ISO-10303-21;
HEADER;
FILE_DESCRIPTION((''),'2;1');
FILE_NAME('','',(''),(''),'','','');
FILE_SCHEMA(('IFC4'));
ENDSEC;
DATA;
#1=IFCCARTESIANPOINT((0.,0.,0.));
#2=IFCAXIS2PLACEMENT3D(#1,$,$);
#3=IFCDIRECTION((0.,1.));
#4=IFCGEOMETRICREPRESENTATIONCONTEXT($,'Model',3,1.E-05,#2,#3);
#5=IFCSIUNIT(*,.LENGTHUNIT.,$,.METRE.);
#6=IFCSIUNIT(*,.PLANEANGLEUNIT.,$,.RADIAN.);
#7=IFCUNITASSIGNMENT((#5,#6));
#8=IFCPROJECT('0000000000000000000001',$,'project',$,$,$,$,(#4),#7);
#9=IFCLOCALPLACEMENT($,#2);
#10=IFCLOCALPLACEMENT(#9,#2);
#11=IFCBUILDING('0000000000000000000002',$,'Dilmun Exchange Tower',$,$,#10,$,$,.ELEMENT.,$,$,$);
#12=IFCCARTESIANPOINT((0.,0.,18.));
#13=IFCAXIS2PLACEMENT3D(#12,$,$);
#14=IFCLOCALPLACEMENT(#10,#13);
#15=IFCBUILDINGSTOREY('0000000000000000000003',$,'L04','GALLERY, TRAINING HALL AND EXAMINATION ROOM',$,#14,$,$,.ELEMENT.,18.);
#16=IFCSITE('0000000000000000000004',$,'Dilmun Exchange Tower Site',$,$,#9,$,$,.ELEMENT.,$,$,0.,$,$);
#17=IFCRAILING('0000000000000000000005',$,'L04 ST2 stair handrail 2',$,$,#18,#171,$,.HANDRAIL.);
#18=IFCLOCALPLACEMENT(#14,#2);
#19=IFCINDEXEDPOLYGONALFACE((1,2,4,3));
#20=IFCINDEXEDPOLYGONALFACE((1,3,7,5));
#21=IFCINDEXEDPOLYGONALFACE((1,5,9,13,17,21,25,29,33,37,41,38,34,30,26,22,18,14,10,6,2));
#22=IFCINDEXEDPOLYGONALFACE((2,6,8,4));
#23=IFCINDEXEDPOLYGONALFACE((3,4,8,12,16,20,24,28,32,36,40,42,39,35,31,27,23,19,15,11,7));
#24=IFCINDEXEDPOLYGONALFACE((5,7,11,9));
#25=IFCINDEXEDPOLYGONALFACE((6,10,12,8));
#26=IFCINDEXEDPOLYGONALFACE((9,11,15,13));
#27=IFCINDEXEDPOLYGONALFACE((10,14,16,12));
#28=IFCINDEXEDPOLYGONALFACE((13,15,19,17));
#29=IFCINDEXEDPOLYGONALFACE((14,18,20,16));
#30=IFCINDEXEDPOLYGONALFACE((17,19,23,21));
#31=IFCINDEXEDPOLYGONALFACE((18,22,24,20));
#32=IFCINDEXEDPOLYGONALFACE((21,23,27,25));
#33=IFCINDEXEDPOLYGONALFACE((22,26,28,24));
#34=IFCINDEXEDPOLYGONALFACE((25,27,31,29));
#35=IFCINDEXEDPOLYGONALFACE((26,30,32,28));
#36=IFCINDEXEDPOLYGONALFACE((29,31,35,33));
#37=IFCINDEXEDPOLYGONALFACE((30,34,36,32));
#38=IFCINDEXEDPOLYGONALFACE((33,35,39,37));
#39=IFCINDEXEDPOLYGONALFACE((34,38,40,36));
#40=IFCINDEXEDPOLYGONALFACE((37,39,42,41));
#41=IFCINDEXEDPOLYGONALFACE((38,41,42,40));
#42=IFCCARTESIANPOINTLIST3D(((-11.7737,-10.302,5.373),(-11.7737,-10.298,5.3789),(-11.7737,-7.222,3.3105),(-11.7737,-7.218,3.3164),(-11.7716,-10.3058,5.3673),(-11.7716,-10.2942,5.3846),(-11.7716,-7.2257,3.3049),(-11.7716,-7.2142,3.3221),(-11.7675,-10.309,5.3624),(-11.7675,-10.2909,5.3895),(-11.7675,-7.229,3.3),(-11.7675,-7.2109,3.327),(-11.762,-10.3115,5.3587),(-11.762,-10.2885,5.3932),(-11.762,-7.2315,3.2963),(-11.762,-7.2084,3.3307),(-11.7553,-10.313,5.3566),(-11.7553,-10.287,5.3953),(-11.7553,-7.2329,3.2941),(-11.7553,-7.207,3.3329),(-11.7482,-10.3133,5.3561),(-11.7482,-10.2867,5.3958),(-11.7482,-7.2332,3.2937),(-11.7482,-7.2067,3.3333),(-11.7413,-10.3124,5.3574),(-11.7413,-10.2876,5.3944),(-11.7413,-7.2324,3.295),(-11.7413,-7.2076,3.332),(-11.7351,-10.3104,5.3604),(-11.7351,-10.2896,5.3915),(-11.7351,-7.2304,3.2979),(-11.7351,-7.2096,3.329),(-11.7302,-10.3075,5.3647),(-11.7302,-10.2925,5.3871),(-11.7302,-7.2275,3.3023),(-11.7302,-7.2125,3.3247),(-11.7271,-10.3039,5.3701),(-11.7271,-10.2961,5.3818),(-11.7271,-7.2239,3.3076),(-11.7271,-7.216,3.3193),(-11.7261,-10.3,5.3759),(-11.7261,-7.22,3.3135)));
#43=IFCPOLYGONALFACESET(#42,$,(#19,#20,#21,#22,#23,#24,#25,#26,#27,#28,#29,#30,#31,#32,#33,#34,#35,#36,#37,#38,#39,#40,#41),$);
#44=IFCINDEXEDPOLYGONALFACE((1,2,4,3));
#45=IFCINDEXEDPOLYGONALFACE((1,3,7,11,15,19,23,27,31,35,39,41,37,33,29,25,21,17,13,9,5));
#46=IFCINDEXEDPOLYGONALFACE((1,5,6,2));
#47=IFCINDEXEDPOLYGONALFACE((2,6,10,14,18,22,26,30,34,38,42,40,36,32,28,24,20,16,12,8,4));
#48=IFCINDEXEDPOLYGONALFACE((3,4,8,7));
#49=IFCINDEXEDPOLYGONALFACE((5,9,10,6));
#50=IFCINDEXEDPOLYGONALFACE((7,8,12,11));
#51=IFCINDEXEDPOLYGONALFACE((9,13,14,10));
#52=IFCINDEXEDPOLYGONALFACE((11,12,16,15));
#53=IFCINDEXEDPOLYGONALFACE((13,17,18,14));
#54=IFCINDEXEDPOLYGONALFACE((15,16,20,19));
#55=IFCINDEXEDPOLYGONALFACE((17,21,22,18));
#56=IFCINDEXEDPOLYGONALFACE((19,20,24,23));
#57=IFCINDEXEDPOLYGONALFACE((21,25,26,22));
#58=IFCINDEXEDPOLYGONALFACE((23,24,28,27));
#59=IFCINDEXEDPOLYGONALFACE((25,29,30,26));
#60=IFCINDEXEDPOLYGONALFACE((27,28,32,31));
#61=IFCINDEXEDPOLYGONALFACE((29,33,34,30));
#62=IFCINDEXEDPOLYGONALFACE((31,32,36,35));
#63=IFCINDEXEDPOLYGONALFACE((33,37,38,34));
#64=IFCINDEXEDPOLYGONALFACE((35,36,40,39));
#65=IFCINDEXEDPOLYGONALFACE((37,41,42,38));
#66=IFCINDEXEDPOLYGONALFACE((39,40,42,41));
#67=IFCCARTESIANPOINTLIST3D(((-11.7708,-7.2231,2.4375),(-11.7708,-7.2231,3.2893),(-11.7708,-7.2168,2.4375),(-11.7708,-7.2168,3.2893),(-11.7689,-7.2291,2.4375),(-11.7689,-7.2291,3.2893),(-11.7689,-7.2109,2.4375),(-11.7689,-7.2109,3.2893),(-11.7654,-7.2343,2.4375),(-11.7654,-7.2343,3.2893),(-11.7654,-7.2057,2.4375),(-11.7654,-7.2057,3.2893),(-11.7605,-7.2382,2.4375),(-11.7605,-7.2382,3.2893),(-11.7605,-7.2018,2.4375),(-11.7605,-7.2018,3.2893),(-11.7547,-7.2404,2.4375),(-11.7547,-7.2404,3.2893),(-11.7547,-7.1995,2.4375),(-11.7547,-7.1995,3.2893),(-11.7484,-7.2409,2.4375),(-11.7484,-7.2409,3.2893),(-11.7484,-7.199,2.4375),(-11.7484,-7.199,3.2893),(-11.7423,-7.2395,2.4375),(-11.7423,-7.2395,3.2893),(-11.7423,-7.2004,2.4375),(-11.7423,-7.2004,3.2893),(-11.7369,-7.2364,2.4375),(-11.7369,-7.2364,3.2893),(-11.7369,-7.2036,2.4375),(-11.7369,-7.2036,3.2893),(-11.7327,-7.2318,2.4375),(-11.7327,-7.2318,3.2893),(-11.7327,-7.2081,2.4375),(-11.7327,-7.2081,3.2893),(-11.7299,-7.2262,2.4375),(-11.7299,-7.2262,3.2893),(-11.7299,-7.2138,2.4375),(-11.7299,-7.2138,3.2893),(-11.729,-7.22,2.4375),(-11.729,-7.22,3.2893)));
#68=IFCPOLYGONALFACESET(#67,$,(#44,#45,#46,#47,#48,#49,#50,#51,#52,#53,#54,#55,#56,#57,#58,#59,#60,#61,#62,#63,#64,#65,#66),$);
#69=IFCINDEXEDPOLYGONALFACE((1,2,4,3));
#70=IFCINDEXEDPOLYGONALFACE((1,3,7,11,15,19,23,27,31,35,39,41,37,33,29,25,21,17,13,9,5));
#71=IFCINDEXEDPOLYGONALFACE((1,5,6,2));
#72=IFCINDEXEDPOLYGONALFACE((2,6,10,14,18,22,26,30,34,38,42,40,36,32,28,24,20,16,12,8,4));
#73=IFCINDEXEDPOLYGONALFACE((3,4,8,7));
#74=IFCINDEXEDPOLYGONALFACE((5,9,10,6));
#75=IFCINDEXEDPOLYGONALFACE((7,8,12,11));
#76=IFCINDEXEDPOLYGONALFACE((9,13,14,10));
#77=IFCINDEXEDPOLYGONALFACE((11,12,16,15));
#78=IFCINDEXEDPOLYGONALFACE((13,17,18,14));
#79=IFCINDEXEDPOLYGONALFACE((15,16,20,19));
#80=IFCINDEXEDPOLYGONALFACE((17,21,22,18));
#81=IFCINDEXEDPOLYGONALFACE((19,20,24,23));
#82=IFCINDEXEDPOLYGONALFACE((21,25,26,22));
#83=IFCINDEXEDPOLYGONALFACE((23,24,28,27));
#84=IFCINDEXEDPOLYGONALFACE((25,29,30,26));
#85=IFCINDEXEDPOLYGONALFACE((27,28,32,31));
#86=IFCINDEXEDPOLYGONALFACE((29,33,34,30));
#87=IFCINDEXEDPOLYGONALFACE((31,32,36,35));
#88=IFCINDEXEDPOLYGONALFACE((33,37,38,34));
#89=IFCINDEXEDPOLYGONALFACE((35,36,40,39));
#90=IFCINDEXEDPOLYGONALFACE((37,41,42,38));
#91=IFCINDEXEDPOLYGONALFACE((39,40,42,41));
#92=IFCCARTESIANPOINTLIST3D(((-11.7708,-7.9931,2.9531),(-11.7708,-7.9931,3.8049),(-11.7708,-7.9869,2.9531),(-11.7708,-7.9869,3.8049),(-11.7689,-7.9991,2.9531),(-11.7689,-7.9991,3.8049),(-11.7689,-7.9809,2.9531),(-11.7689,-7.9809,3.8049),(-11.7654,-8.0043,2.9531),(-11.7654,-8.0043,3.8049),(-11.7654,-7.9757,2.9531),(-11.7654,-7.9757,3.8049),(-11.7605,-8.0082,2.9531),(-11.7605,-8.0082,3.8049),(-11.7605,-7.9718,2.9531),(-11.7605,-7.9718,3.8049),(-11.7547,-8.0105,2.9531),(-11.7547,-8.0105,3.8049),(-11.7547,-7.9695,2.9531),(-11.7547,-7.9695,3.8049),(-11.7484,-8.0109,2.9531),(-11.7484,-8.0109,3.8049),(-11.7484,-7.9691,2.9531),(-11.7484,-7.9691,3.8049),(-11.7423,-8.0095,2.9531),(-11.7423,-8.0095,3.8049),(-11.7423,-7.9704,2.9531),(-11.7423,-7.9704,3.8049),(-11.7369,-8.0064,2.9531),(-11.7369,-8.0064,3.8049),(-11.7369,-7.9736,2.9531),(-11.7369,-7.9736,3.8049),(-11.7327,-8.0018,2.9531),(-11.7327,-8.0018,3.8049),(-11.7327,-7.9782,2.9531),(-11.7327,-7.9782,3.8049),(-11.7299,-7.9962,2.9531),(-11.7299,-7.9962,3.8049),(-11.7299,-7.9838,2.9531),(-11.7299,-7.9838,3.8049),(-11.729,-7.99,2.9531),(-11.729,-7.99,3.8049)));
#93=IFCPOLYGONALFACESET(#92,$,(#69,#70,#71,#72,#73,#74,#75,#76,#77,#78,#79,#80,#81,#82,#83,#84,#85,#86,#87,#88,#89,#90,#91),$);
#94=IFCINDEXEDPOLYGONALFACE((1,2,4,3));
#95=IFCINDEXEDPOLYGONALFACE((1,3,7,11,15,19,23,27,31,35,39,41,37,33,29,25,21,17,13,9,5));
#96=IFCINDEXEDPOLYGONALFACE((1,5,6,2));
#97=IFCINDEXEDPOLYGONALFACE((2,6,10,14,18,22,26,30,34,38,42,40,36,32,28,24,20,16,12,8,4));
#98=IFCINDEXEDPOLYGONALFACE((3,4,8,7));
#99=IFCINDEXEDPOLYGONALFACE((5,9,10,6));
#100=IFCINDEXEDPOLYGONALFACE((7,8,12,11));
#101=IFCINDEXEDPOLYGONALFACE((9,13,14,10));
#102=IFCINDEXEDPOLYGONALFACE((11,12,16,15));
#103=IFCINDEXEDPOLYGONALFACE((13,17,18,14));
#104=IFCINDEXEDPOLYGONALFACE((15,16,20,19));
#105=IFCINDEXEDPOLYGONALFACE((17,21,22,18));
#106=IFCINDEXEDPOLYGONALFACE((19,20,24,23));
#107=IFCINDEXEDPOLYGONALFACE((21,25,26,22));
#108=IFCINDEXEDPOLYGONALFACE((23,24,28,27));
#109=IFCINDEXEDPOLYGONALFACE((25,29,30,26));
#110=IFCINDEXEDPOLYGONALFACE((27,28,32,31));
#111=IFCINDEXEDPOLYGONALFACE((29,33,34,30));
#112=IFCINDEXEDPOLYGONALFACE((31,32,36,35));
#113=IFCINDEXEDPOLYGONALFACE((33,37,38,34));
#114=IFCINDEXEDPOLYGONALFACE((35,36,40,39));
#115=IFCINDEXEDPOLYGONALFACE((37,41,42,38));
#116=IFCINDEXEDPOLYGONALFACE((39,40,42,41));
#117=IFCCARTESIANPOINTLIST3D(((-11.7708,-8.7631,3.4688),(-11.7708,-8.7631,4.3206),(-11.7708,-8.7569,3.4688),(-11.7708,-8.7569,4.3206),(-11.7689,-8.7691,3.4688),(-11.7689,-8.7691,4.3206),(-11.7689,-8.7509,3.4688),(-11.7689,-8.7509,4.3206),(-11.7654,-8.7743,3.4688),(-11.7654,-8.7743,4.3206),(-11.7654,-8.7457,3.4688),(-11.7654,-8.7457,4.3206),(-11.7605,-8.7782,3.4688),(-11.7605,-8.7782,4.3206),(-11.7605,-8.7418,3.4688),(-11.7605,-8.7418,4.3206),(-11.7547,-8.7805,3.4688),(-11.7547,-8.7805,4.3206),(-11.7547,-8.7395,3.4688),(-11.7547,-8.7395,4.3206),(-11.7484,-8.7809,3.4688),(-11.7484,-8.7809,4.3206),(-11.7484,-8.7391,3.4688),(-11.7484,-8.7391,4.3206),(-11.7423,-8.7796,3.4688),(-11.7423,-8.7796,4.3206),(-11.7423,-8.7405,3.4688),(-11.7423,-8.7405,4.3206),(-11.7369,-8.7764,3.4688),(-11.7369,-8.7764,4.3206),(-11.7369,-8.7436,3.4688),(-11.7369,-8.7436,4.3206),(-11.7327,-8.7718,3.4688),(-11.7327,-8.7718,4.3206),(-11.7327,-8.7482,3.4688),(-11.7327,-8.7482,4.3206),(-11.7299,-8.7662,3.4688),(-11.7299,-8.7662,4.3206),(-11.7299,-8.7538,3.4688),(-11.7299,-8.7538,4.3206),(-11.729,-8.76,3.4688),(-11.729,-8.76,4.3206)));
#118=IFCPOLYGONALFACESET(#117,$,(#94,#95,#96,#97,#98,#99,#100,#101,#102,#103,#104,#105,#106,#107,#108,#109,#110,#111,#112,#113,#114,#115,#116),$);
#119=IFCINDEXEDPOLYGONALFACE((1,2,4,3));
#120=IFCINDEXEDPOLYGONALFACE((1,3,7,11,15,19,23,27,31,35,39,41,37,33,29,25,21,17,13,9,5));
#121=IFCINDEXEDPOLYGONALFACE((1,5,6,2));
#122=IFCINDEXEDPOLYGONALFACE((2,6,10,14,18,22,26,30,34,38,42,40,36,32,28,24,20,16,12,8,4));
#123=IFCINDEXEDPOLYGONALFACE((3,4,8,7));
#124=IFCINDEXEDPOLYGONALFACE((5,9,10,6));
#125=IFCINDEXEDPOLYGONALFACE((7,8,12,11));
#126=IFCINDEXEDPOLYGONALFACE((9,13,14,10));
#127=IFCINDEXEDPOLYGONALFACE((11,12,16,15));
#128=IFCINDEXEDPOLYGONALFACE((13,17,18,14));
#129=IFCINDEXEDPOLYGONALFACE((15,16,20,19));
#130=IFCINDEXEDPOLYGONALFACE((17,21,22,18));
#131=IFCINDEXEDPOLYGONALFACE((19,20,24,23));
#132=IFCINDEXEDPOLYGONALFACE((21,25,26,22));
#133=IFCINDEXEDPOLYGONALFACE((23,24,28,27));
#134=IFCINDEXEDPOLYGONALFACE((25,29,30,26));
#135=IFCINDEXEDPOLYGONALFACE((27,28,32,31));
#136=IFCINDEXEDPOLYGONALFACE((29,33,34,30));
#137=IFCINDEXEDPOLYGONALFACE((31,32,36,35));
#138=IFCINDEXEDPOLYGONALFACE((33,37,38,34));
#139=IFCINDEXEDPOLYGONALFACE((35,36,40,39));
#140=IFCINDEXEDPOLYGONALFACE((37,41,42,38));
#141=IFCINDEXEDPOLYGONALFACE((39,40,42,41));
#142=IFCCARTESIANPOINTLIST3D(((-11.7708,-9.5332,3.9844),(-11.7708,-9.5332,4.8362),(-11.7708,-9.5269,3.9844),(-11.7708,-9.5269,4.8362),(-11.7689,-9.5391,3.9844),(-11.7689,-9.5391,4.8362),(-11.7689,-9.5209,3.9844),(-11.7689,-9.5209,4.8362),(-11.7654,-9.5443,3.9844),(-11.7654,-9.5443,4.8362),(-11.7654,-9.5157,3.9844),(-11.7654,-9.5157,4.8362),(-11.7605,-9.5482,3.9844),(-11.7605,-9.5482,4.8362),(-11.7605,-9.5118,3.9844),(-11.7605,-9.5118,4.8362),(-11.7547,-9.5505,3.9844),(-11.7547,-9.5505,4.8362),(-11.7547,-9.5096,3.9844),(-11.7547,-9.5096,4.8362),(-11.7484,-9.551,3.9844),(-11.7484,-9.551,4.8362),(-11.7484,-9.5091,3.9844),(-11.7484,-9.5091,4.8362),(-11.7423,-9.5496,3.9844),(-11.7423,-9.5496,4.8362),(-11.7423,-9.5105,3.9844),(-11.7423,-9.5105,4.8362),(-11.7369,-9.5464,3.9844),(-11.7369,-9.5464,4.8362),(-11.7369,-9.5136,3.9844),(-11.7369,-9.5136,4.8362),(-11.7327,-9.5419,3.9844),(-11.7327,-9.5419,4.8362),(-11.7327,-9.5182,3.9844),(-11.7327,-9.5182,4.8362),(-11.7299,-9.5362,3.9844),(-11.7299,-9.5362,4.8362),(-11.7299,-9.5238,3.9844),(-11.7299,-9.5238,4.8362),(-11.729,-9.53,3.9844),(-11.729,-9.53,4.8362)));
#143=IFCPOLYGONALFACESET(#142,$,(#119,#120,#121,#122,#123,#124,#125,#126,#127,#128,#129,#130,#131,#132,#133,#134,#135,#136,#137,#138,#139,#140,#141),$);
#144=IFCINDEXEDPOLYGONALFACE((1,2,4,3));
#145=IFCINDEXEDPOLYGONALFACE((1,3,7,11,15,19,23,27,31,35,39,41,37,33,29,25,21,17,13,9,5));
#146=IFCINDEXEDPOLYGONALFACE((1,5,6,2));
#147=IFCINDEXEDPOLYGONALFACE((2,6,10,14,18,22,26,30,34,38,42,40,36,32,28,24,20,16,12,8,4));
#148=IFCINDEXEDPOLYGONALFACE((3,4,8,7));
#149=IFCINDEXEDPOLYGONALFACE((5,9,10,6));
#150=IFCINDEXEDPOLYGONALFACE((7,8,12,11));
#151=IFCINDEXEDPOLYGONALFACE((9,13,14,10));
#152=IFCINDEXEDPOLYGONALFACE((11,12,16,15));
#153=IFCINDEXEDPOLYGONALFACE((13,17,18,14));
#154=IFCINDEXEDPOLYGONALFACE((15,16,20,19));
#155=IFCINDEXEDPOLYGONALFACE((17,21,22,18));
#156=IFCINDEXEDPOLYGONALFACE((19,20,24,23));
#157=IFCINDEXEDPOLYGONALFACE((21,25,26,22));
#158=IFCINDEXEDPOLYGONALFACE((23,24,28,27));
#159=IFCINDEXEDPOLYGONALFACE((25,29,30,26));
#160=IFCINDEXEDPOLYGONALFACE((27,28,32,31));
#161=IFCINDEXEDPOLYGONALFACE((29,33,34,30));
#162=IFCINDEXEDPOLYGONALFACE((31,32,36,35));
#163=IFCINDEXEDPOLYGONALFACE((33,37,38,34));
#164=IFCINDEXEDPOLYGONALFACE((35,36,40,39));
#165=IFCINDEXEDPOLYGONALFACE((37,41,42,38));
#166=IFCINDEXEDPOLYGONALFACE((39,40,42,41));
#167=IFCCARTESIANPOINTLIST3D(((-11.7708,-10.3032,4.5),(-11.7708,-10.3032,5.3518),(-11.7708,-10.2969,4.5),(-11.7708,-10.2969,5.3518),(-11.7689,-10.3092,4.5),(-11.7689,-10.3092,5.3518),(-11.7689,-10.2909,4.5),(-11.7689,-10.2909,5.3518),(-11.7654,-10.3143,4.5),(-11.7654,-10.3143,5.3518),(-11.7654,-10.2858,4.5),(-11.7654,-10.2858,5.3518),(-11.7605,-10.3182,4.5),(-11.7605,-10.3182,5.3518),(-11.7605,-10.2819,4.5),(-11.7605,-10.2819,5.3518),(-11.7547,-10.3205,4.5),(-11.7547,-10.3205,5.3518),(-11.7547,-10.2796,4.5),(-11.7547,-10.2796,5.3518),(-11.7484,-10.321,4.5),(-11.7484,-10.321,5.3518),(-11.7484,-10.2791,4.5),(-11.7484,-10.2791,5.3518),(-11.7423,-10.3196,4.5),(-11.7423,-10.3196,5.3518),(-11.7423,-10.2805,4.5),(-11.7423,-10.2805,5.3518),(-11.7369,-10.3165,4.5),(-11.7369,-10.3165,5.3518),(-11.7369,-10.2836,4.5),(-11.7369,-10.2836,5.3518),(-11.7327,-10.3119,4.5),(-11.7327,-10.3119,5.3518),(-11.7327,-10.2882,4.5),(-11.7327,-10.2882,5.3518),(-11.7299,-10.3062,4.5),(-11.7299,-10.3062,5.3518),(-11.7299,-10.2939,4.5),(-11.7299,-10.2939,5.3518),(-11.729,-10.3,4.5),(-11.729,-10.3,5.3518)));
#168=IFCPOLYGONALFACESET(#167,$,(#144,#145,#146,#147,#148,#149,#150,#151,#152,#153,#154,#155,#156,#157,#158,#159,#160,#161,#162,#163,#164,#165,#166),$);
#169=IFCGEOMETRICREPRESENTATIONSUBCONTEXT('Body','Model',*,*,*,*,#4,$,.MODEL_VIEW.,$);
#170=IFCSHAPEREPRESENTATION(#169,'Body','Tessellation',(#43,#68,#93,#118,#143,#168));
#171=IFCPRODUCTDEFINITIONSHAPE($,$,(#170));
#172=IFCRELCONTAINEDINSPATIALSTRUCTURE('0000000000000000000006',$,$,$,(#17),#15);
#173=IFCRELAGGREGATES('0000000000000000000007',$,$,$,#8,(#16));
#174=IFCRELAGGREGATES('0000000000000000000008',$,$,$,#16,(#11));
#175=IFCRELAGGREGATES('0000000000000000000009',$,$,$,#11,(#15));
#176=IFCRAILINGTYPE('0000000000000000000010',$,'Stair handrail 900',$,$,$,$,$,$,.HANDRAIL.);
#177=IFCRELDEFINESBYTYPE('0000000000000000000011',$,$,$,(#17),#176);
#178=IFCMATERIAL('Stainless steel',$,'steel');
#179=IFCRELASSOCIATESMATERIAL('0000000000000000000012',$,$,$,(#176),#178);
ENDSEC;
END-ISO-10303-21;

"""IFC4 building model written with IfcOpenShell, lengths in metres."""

from ifc_helpers import new_model, si_unit, direction, frame, origin, origin_2d, place, context, subcontext, project, spatial, circle, extrude, material, type_object, element, save


model = new_model("IFC4")

# Units and contexts
model_context = context("Model", 3, precision=1e-05, world=origin(), true_north=direction((0.0, 1.0)))
body_context = subcontext(model_context, "Body", "Model", "MODEL_VIEW")
ifc_project = project(units=[si_unit("LENGTHUNIT", "METRE"), si_unit("PLANEANGLEUNIT", "RADIAN")], contexts=[model_context])

# Site, building, storey
site_placement = place(None, origin())
site = spatial("IfcSite", under=ifc_project, at=site_placement, Name="Dilmun Exchange Tower Site", CompositionType="ELEMENT", RefElevation=0.0)
building_placement = place(site_placement, origin())
building = spatial("IfcBuilding", under=site, at=building_placement, Name="Dilmun Exchange Tower", CompositionType="ELEMENT")
storey_placement = place(building_placement, frame((0.0, 0.0, 18.0)))
storey = spatial("IfcBuildingStorey", under=building, at=storey_placement, Name="L04", Description="GALLERY, TRAINING HALL AND EXAMINATION ROOM", CompositionType="ELEMENT", Elevation=18.0)

# Railing
ifc_material_1 = material(Name="Stainless steel", Category="steel")
railing_type = type_object("IfcRailingType", Name="Stair handrail 900", PredefinedType="HANDRAIL", material=ifc_material_1)
railing_placement = place(storey_placement, frame((-11.75, -7.22, 2.4375)))
element("IfcRailing", 1, at=railing_placement, inside=storey, type_object=railing_type, Name="L04 ST2 stair handrail 2", PredefinedType="HANDRAIL", context=body_context, shape_type="SweptSolid", body=[
    extrude(circle(Radius=0.0239, at=origin_2d()), frame((0.0, 0.0, 0.876), z_axis=(0.0, -0.830914, 0.556401), x_axis=(1.0, 0.0, 0.0)), (0.0, 0.0, 1.0), 3.7068),
    extrude(circle(Radius=0.021, at=origin_2d()), origin(), (0.0, 0.0, 1.0), 0.8518),
    extrude(circle(Radius=0.021, at=origin_2d()), frame((0.0, -0.77, 0.5156)), (0.0, 0.0, 1.0), 0.8518),
    extrude(circle(Radius=0.021, at=origin_2d()), frame((0.0, -1.54, 1.0312)), (0.0, 0.0, 1.0), 0.8518),
    extrude(circle(Radius=0.021, at=origin_2d()), frame((0.0, -2.3101, 1.5469)), (0.0, 0.0, 1.0), 0.8518),
    extrude(circle(Radius=0.021, at=origin_2d()), frame((0.0, -3.0801, 2.0625)), (0.0, 0.0, 1.0), 0.8518),
])

save(model, "model.ifc")
